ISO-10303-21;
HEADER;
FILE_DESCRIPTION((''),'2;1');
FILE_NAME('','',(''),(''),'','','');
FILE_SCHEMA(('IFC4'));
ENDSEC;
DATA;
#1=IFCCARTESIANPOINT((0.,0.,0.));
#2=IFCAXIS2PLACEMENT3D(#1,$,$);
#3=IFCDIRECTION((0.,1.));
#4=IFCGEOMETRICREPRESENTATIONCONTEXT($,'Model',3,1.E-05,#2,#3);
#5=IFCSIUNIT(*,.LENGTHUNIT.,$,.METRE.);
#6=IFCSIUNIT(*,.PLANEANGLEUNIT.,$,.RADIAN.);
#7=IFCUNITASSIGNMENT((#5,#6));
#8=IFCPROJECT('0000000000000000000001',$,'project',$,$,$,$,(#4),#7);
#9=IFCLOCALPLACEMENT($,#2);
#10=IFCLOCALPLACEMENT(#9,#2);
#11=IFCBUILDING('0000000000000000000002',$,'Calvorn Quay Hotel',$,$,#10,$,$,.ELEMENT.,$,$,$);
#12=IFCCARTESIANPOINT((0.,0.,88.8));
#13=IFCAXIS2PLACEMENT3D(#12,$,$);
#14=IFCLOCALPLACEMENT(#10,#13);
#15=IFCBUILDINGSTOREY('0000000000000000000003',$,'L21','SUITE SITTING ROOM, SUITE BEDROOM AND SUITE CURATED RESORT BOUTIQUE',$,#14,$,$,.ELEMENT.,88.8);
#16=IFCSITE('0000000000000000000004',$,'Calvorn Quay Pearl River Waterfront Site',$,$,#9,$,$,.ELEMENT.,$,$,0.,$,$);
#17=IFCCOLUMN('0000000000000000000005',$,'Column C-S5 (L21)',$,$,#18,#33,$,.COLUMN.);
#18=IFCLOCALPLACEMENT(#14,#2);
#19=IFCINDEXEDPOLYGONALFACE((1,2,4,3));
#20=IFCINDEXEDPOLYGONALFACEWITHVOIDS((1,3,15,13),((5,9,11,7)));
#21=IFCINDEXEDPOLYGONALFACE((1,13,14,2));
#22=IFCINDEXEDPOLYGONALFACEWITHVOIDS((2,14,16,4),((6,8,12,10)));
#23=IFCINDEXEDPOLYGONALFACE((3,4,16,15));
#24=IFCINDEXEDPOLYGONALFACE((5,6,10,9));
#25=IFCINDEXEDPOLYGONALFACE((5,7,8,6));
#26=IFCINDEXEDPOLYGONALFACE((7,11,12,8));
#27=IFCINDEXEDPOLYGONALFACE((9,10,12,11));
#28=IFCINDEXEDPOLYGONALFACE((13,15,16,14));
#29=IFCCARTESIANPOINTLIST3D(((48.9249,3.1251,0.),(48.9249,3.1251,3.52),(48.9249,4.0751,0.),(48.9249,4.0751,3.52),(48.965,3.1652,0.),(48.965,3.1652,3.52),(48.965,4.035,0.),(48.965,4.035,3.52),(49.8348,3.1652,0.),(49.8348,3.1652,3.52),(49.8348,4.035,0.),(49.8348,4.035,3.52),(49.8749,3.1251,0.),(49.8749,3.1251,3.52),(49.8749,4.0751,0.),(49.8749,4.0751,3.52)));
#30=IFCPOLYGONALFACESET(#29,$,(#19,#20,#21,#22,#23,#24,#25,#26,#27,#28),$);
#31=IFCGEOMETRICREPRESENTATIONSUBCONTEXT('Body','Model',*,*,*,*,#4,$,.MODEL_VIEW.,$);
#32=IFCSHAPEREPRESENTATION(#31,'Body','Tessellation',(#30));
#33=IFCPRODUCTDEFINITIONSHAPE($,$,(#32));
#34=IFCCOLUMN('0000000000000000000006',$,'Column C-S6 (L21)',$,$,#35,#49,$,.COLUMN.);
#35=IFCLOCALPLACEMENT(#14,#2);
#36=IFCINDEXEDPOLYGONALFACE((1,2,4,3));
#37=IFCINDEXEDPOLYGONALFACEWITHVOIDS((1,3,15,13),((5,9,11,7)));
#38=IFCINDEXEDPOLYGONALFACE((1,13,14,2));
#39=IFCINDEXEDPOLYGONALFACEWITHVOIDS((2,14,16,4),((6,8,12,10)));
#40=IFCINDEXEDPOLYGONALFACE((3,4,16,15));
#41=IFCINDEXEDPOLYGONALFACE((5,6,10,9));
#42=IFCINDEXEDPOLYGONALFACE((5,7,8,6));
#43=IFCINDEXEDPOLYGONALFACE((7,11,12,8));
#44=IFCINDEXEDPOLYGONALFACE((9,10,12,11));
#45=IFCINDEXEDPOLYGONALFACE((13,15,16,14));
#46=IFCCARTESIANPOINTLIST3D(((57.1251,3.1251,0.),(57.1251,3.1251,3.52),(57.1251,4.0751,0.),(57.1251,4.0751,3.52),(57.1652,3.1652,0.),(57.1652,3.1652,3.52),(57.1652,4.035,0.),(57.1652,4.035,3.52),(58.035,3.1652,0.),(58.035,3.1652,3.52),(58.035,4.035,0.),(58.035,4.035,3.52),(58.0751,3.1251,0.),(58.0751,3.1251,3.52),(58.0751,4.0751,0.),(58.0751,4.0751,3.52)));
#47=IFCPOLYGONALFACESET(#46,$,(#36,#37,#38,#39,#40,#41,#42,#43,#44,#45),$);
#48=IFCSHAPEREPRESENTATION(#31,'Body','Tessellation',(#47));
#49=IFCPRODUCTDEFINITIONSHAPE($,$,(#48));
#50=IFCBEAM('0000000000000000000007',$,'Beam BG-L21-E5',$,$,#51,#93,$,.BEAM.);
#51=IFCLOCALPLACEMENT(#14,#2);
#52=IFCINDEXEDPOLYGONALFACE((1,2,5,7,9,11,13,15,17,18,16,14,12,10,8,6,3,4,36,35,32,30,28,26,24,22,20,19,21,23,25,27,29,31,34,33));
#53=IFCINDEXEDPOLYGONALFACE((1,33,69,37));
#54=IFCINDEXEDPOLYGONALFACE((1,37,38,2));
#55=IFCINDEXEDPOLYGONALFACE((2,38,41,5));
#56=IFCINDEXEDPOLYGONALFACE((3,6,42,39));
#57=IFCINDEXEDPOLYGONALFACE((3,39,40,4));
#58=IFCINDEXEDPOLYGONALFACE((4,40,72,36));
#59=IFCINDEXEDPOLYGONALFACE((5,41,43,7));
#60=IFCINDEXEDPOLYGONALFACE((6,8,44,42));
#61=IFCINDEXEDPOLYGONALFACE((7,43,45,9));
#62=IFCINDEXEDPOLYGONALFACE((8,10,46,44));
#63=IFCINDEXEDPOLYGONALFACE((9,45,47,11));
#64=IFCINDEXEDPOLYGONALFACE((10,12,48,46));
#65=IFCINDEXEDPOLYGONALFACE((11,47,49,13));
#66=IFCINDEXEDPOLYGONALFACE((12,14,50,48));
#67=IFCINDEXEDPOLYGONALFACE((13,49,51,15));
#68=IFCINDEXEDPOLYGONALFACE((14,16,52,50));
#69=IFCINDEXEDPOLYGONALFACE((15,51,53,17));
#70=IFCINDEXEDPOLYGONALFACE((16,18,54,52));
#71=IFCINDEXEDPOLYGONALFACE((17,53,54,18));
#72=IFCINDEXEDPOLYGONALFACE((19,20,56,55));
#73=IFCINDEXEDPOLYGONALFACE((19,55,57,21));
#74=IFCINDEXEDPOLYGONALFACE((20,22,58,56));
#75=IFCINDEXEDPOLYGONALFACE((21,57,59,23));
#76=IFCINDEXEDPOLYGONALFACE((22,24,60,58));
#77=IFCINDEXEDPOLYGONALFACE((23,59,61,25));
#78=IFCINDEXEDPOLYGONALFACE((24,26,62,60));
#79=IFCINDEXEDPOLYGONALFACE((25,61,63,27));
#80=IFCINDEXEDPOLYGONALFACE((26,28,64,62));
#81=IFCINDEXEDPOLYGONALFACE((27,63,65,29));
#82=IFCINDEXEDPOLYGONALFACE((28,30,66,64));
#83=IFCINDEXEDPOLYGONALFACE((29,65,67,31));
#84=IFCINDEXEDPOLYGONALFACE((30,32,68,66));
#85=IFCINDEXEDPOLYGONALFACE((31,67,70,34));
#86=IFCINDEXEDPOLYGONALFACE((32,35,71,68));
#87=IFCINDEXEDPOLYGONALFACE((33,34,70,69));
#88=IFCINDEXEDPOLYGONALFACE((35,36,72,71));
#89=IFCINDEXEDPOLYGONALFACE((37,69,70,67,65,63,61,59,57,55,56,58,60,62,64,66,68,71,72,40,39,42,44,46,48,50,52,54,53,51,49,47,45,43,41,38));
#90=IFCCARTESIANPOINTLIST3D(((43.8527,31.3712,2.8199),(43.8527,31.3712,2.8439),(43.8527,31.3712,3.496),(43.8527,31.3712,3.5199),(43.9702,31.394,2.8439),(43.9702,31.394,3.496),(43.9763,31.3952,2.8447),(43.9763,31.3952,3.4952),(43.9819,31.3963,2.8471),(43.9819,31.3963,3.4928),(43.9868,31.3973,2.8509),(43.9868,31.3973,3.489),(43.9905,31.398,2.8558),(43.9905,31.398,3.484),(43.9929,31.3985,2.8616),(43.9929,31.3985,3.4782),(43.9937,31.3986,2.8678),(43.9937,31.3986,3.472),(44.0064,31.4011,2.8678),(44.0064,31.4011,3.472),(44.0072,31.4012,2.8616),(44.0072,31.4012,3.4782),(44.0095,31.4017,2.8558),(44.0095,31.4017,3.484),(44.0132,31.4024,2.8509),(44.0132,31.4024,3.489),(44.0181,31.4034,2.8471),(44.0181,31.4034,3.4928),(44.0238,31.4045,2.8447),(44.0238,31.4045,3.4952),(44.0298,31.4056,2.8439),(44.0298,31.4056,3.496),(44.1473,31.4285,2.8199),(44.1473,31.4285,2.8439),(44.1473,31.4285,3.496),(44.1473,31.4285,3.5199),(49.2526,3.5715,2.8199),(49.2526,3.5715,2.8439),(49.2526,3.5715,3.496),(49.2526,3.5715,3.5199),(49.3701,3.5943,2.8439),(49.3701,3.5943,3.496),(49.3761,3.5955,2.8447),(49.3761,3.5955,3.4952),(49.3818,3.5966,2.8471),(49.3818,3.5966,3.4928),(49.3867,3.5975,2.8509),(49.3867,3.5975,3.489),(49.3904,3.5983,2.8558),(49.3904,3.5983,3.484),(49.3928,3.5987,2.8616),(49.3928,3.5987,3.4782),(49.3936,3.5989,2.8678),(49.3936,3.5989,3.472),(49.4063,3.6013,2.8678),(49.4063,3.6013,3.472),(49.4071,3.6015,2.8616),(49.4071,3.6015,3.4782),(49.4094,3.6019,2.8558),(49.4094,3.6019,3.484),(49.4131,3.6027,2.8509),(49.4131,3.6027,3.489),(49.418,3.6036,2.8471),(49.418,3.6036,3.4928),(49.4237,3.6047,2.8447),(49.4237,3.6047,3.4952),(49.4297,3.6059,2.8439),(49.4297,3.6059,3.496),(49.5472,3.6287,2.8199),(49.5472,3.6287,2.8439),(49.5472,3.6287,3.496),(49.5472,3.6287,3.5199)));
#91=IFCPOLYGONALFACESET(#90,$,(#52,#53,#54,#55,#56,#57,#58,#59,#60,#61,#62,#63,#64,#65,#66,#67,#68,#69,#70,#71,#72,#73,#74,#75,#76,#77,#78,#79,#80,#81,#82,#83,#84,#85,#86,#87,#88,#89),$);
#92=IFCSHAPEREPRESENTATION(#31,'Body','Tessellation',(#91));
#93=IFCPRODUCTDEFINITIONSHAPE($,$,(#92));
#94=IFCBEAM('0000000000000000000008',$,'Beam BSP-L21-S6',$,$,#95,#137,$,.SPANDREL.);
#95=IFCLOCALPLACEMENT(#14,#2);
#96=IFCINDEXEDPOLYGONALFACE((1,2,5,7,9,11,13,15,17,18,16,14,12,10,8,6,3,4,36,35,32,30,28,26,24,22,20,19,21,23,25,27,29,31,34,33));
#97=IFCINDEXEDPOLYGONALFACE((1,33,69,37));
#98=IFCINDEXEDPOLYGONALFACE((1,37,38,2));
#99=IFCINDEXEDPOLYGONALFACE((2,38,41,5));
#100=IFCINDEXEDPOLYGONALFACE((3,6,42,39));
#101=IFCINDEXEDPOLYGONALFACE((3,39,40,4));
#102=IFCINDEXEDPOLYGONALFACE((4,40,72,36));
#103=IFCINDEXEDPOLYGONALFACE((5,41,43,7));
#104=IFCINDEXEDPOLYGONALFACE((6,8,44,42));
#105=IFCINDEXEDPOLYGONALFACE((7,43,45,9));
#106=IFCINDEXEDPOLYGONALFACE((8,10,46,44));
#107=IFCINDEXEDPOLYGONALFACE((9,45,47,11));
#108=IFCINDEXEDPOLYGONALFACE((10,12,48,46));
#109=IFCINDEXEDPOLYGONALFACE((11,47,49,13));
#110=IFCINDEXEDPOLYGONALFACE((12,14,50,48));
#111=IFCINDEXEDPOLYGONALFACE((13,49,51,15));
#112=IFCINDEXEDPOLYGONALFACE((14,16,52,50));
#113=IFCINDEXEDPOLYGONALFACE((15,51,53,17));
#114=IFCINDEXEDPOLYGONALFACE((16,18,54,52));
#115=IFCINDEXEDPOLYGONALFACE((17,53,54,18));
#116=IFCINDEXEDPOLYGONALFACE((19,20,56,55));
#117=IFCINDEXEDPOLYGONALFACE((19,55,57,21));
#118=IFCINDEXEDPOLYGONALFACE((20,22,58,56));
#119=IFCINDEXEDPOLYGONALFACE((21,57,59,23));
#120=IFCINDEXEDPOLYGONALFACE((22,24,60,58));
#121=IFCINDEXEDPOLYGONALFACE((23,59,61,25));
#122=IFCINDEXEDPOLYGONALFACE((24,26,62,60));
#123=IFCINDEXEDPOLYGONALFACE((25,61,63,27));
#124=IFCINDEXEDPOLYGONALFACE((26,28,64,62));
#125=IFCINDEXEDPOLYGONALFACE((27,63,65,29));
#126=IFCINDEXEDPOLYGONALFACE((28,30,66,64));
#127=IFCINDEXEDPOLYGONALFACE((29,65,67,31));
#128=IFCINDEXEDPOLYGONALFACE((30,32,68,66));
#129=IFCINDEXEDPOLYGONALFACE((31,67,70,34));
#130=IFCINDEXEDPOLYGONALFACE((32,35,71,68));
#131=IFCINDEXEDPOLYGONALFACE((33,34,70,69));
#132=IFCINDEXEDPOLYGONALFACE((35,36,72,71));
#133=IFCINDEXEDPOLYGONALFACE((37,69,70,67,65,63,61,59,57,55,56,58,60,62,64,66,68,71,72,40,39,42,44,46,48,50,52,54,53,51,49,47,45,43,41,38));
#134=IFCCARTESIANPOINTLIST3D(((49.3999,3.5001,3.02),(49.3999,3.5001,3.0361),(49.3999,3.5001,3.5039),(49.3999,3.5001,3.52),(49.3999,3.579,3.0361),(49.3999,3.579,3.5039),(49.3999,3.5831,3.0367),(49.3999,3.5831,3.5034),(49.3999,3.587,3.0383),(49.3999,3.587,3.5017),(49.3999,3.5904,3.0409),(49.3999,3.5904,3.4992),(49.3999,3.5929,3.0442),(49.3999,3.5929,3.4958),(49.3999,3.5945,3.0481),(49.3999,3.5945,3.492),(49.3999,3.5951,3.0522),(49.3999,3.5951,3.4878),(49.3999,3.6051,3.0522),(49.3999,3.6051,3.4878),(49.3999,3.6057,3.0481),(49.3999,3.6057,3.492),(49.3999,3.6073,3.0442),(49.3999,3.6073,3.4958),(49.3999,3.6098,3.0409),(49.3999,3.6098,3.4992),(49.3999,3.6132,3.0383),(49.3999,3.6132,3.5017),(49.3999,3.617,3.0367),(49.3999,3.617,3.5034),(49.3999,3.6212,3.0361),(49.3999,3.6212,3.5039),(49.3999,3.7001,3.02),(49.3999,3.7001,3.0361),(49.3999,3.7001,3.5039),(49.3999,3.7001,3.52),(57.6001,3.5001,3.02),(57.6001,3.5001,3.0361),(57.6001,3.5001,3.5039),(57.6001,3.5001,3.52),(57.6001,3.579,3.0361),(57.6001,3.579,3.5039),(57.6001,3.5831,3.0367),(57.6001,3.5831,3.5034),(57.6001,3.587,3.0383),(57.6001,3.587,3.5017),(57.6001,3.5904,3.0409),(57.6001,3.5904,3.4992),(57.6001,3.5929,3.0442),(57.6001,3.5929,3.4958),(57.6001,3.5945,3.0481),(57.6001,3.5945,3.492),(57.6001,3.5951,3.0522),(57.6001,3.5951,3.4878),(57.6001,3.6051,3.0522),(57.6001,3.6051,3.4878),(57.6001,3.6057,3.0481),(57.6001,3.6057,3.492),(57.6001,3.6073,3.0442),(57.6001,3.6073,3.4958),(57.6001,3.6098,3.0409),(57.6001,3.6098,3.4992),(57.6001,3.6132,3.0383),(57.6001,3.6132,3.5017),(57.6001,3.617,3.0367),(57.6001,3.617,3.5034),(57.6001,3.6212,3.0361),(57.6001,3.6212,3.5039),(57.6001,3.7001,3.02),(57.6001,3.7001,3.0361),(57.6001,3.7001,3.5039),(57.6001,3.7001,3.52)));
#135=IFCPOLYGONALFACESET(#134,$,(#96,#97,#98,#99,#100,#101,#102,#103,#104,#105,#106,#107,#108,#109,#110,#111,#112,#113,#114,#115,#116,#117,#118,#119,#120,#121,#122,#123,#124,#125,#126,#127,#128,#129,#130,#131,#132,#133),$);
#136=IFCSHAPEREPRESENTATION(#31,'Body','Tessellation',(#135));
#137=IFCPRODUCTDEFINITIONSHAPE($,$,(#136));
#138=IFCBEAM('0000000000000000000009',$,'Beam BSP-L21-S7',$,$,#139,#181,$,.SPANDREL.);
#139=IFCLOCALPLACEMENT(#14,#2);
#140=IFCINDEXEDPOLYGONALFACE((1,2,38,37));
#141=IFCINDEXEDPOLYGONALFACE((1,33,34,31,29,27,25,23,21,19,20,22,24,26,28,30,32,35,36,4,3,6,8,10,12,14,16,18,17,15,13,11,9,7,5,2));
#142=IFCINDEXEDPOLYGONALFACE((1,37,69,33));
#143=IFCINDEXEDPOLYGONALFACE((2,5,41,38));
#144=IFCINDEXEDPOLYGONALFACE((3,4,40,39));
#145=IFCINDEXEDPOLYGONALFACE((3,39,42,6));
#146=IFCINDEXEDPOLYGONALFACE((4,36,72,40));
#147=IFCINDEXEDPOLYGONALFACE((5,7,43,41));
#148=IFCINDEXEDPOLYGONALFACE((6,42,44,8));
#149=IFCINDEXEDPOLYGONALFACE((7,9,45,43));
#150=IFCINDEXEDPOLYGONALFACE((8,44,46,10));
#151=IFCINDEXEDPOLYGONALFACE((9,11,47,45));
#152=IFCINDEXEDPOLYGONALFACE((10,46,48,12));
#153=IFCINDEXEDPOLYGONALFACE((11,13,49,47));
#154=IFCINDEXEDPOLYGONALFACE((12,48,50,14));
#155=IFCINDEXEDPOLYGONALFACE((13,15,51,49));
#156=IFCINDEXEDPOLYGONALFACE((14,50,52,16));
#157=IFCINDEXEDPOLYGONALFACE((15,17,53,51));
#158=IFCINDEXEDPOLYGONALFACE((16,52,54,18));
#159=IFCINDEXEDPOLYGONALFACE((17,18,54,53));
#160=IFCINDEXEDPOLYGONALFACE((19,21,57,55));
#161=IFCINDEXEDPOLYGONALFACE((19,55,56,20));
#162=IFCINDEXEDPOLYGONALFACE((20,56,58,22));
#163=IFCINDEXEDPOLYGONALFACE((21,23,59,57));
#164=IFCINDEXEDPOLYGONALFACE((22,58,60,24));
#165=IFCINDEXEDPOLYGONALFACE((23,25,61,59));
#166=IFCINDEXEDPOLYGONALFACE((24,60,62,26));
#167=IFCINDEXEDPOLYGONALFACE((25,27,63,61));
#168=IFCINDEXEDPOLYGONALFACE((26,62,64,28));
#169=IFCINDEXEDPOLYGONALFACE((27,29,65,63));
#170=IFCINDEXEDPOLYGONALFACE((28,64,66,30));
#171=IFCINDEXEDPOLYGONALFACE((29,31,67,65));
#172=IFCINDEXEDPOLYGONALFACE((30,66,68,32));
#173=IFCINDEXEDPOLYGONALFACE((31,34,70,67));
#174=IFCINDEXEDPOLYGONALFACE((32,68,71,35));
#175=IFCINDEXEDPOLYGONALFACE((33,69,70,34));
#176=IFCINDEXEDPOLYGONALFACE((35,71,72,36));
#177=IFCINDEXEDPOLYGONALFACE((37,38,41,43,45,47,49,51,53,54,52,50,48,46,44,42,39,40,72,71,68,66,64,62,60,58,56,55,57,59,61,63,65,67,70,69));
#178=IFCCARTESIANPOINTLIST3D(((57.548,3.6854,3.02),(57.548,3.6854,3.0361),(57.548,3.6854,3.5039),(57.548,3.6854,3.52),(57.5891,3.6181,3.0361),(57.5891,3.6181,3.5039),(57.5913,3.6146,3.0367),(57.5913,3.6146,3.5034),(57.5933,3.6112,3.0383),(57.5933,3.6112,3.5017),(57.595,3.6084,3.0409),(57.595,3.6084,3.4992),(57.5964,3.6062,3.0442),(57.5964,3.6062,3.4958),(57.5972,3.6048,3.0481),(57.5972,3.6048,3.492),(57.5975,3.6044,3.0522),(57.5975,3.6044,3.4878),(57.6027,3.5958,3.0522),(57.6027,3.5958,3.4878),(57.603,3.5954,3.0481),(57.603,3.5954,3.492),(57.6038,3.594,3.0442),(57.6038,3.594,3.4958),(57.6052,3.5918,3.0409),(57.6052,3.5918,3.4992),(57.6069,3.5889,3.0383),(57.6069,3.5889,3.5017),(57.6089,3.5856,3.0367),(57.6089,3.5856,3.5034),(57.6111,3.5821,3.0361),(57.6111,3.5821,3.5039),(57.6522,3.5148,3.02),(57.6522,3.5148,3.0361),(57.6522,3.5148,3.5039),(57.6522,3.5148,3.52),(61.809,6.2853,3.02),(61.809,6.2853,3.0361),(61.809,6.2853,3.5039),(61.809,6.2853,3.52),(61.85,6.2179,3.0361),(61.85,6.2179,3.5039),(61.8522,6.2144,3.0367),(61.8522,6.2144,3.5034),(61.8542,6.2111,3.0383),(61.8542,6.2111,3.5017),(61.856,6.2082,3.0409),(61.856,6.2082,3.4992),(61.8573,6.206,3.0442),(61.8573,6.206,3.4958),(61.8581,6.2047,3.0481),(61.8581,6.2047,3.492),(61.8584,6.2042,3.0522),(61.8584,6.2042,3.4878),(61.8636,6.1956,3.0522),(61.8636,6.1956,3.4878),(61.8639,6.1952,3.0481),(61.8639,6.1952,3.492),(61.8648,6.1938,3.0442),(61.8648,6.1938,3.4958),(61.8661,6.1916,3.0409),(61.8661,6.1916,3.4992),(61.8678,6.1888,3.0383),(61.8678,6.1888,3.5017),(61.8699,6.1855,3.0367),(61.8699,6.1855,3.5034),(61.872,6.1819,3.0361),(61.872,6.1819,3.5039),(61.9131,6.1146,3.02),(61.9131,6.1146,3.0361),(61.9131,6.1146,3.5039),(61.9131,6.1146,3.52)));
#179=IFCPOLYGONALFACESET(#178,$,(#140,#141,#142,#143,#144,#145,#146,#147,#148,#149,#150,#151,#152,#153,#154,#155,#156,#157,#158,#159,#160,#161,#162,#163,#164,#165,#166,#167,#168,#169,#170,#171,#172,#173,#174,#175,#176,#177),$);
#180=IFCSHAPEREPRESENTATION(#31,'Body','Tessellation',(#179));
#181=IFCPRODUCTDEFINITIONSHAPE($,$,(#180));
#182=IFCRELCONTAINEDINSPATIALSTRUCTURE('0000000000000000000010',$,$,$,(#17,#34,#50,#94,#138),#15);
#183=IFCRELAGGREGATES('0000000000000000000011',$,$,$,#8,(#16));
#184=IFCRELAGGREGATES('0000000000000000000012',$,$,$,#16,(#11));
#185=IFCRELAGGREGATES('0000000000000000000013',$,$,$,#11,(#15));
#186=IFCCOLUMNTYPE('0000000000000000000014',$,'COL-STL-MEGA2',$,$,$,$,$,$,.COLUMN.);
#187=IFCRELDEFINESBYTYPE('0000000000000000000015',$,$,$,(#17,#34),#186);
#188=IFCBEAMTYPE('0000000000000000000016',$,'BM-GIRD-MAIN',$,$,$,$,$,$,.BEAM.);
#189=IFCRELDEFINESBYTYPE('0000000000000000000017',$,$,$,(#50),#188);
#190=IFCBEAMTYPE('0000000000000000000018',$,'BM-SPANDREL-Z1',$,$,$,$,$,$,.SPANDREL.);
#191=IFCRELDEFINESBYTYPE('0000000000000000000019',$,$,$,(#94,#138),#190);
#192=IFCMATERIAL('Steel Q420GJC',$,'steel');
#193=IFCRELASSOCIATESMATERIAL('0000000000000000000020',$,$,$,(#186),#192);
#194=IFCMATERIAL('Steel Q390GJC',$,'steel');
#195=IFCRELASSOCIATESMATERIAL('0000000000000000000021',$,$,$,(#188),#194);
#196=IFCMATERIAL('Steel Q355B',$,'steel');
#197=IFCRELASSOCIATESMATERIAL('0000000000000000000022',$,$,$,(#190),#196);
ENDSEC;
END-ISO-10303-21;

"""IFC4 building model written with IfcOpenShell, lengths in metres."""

from ifc_helpers import new_model, si_unit, direction, frame, origin, origin_2d, place, context, subcontext, project, spatial, hollow_rectangle, i_section, extrude, material, material_profile, profile_set, type_object, element, save


model = new_model("IFC4")

# Units and contexts
model_context = context("Model", 3, precision=1e-05, world=origin(), true_north=direction((0.0, 1.0)))
body_context = subcontext(model_context, "Body", "Model", "MODEL_VIEW")
ifc_project = project(units=[si_unit("LENGTHUNIT", "METRE"), si_unit("PLANEANGLEUNIT", "RADIAN")], contexts=[model_context])

# Site, building, storey
site_placement = place(None, origin())
site = spatial("IfcSite", under=ifc_project, at=site_placement, Name="Calvorn Quay Pearl River Waterfront Site", CompositionType="ELEMENT", RefElevation=0.0)
building_placement = place(site_placement, origin())
building = spatial("IfcBuilding", under=site, at=building_placement, Name="Calvorn Quay Hotel", CompositionType="ELEMENT")
storey_placement = place(building_placement, frame((0.0, 0.0, 88.8)))
storey = spatial("IfcBuildingStorey", under=building, at=storey_placement, Name="L21", Description="SUITE SITTING ROOM, SUITE BEDROOM AND SUITE CURATED RESORT BOUTIQUE", CompositionType="ELEMENT", Elevation=88.8)

# Columns
ifc_material_1 = material(Name="Steel Q420GJC", Category="steel")
ifc_material_profile_1 = material_profile(ifc_material_1, hollow_rectangle(XDim=0.95, YDim=0.95, WallThickness=0.04, at=origin_2d()), Name="BOX950x950x40")
ifc_profile_set_1 = profile_set([ifc_material_profile_1], Name="Steel Q420GJC")
column_type = type_object("IfcColumnType", Name="COL-STL-MEGA2", PredefinedType="COLUMN", material=ifc_profile_set_1)
for number, where, z_axis, x_axis, name in (
    (1, (49.3999, 3.6001, 0.0), (0.0, 0.0, 1.0), (1.0, 0.0, 0.0), "Column C-S5 (L21)"),
    (2, (57.6001, 3.6001, 0.0), (0.0, 0.0, 1.0), (1.0, 0.0, 0.0), "Column C-S6 (L21)"),
):
    element("IfcColumn", number, at=place(storey_placement, frame(where, z_axis=z_axis, x_axis=x_axis)), inside=storey, type_object=column_type, Name=name, PredefinedType="COLUMN", context=body_context, shape_type="SweptSolid", body=[
        extrude(hollow_rectangle(XDim=0.95, YDim=0.95, WallThickness=0.04, at=origin_2d()), origin(), (0.0, 0.0, 1.0), 3.52),
    ])

# Beams
ifc_material_2 = material(Name="Steel Q390GJC", Category="steel")
ifc_material_profile_2 = material_profile(ifc_material_2, i_section(OverallWidth=0.3, OverallDepth=0.7, WebThickness=0.0129, FlangeThickness=0.0239, FilletRadius=0.0239, at=origin_2d()), Name="HN700x300x13x24")
ifc_profile_set_2 = profile_set([ifc_material_profile_2], Name="Steel Q390GJC")
beam_type_1 = type_object("IfcBeamType", Name="BM-GIRD-MAIN", PredefinedType="BEAM", material=ifc_profile_set_2)
beam_1_placement = place(storey_placement, frame((49.3999, 3.6001, 3.1699), z_axis=(-0.190679, 0.981653, 0.0), x_axis=(-0.981653, -0.190679, 0.0)))
element("IfcBeam", 3, at=beam_1_placement, inside=storey, type_object=beam_type_1, Name="Beam BG-L21-E5", PredefinedType="BEAM", context=body_context, shape_type="SweptSolid", body=[
    extrude(i_section(OverallWidth=0.3, OverallDepth=0.7, WebThickness=0.0129, FlangeThickness=0.0239, FilletRadius=0.0239, at=origin_2d()), origin(), (0.0, 0.0, 1.0), 28.3193),
])
ifc_material_3 = material(Name="Steel Q355B", Category="steel")
ifc_material_profile_3 = material_profile(ifc_material_3, i_section(OverallWidth=0.2, OverallDepth=0.5, WebThickness=0.01, FlangeThickness=0.0161, FilletRadius=0.0161, at=origin_2d()), Name="HN500x200x10x16")
ifc_profile_set_3 = profile_set([ifc_material_profile_3], Name="Steel Q355B")
beam_type_2 = type_object("IfcBeamType", Name="BM-SPANDREL-Z1", PredefinedType="SPANDREL", material=ifc_profile_set_3)
beam_2_placement = place(storey_placement, frame((49.3999, 3.6001, 3.27), z_axis=(1.0, 0.0, 0.0), x_axis=(0.0, 1.0, 0.0)))
element("IfcBeam", 4, at=beam_2_placement, inside=storey, type_object=beam_type_2, Name="Beam BSP-L21-S6", PredefinedType="SPANDREL", context=body_context, shape_type="SweptSolid", body=[
    extrude(i_section(OverallWidth=0.2, OverallDepth=0.5, WebThickness=0.01, FlangeThickness=0.0161, FilletRadius=0.0161, at=origin_2d()), origin(), (0.0, 0.0, 1.0), 8.2002),
])
beam_3_placement = place(storey_placement, frame((57.6001, 3.6001, 3.27), z_axis=(0.853646, 0.520854, 0.0), x_axis=(-0.520854, 0.853646, 0.0)))
element("IfcBeam", 5, at=beam_3_placement, inside=storey, type_object=beam_type_2, Name="Beam BSP-L21-S7", PredefinedType="SPANDREL", context=body_context, shape_type="SweptSolid", body=[
    extrude(i_section(OverallWidth=0.2, OverallDepth=0.5, WebThickness=0.01, FlangeThickness=0.0161, FilletRadius=0.0161, at=origin_2d()), origin(), (0.0, 0.0, 1.0), 4.9915),
])

save(model, "model.ifc")
